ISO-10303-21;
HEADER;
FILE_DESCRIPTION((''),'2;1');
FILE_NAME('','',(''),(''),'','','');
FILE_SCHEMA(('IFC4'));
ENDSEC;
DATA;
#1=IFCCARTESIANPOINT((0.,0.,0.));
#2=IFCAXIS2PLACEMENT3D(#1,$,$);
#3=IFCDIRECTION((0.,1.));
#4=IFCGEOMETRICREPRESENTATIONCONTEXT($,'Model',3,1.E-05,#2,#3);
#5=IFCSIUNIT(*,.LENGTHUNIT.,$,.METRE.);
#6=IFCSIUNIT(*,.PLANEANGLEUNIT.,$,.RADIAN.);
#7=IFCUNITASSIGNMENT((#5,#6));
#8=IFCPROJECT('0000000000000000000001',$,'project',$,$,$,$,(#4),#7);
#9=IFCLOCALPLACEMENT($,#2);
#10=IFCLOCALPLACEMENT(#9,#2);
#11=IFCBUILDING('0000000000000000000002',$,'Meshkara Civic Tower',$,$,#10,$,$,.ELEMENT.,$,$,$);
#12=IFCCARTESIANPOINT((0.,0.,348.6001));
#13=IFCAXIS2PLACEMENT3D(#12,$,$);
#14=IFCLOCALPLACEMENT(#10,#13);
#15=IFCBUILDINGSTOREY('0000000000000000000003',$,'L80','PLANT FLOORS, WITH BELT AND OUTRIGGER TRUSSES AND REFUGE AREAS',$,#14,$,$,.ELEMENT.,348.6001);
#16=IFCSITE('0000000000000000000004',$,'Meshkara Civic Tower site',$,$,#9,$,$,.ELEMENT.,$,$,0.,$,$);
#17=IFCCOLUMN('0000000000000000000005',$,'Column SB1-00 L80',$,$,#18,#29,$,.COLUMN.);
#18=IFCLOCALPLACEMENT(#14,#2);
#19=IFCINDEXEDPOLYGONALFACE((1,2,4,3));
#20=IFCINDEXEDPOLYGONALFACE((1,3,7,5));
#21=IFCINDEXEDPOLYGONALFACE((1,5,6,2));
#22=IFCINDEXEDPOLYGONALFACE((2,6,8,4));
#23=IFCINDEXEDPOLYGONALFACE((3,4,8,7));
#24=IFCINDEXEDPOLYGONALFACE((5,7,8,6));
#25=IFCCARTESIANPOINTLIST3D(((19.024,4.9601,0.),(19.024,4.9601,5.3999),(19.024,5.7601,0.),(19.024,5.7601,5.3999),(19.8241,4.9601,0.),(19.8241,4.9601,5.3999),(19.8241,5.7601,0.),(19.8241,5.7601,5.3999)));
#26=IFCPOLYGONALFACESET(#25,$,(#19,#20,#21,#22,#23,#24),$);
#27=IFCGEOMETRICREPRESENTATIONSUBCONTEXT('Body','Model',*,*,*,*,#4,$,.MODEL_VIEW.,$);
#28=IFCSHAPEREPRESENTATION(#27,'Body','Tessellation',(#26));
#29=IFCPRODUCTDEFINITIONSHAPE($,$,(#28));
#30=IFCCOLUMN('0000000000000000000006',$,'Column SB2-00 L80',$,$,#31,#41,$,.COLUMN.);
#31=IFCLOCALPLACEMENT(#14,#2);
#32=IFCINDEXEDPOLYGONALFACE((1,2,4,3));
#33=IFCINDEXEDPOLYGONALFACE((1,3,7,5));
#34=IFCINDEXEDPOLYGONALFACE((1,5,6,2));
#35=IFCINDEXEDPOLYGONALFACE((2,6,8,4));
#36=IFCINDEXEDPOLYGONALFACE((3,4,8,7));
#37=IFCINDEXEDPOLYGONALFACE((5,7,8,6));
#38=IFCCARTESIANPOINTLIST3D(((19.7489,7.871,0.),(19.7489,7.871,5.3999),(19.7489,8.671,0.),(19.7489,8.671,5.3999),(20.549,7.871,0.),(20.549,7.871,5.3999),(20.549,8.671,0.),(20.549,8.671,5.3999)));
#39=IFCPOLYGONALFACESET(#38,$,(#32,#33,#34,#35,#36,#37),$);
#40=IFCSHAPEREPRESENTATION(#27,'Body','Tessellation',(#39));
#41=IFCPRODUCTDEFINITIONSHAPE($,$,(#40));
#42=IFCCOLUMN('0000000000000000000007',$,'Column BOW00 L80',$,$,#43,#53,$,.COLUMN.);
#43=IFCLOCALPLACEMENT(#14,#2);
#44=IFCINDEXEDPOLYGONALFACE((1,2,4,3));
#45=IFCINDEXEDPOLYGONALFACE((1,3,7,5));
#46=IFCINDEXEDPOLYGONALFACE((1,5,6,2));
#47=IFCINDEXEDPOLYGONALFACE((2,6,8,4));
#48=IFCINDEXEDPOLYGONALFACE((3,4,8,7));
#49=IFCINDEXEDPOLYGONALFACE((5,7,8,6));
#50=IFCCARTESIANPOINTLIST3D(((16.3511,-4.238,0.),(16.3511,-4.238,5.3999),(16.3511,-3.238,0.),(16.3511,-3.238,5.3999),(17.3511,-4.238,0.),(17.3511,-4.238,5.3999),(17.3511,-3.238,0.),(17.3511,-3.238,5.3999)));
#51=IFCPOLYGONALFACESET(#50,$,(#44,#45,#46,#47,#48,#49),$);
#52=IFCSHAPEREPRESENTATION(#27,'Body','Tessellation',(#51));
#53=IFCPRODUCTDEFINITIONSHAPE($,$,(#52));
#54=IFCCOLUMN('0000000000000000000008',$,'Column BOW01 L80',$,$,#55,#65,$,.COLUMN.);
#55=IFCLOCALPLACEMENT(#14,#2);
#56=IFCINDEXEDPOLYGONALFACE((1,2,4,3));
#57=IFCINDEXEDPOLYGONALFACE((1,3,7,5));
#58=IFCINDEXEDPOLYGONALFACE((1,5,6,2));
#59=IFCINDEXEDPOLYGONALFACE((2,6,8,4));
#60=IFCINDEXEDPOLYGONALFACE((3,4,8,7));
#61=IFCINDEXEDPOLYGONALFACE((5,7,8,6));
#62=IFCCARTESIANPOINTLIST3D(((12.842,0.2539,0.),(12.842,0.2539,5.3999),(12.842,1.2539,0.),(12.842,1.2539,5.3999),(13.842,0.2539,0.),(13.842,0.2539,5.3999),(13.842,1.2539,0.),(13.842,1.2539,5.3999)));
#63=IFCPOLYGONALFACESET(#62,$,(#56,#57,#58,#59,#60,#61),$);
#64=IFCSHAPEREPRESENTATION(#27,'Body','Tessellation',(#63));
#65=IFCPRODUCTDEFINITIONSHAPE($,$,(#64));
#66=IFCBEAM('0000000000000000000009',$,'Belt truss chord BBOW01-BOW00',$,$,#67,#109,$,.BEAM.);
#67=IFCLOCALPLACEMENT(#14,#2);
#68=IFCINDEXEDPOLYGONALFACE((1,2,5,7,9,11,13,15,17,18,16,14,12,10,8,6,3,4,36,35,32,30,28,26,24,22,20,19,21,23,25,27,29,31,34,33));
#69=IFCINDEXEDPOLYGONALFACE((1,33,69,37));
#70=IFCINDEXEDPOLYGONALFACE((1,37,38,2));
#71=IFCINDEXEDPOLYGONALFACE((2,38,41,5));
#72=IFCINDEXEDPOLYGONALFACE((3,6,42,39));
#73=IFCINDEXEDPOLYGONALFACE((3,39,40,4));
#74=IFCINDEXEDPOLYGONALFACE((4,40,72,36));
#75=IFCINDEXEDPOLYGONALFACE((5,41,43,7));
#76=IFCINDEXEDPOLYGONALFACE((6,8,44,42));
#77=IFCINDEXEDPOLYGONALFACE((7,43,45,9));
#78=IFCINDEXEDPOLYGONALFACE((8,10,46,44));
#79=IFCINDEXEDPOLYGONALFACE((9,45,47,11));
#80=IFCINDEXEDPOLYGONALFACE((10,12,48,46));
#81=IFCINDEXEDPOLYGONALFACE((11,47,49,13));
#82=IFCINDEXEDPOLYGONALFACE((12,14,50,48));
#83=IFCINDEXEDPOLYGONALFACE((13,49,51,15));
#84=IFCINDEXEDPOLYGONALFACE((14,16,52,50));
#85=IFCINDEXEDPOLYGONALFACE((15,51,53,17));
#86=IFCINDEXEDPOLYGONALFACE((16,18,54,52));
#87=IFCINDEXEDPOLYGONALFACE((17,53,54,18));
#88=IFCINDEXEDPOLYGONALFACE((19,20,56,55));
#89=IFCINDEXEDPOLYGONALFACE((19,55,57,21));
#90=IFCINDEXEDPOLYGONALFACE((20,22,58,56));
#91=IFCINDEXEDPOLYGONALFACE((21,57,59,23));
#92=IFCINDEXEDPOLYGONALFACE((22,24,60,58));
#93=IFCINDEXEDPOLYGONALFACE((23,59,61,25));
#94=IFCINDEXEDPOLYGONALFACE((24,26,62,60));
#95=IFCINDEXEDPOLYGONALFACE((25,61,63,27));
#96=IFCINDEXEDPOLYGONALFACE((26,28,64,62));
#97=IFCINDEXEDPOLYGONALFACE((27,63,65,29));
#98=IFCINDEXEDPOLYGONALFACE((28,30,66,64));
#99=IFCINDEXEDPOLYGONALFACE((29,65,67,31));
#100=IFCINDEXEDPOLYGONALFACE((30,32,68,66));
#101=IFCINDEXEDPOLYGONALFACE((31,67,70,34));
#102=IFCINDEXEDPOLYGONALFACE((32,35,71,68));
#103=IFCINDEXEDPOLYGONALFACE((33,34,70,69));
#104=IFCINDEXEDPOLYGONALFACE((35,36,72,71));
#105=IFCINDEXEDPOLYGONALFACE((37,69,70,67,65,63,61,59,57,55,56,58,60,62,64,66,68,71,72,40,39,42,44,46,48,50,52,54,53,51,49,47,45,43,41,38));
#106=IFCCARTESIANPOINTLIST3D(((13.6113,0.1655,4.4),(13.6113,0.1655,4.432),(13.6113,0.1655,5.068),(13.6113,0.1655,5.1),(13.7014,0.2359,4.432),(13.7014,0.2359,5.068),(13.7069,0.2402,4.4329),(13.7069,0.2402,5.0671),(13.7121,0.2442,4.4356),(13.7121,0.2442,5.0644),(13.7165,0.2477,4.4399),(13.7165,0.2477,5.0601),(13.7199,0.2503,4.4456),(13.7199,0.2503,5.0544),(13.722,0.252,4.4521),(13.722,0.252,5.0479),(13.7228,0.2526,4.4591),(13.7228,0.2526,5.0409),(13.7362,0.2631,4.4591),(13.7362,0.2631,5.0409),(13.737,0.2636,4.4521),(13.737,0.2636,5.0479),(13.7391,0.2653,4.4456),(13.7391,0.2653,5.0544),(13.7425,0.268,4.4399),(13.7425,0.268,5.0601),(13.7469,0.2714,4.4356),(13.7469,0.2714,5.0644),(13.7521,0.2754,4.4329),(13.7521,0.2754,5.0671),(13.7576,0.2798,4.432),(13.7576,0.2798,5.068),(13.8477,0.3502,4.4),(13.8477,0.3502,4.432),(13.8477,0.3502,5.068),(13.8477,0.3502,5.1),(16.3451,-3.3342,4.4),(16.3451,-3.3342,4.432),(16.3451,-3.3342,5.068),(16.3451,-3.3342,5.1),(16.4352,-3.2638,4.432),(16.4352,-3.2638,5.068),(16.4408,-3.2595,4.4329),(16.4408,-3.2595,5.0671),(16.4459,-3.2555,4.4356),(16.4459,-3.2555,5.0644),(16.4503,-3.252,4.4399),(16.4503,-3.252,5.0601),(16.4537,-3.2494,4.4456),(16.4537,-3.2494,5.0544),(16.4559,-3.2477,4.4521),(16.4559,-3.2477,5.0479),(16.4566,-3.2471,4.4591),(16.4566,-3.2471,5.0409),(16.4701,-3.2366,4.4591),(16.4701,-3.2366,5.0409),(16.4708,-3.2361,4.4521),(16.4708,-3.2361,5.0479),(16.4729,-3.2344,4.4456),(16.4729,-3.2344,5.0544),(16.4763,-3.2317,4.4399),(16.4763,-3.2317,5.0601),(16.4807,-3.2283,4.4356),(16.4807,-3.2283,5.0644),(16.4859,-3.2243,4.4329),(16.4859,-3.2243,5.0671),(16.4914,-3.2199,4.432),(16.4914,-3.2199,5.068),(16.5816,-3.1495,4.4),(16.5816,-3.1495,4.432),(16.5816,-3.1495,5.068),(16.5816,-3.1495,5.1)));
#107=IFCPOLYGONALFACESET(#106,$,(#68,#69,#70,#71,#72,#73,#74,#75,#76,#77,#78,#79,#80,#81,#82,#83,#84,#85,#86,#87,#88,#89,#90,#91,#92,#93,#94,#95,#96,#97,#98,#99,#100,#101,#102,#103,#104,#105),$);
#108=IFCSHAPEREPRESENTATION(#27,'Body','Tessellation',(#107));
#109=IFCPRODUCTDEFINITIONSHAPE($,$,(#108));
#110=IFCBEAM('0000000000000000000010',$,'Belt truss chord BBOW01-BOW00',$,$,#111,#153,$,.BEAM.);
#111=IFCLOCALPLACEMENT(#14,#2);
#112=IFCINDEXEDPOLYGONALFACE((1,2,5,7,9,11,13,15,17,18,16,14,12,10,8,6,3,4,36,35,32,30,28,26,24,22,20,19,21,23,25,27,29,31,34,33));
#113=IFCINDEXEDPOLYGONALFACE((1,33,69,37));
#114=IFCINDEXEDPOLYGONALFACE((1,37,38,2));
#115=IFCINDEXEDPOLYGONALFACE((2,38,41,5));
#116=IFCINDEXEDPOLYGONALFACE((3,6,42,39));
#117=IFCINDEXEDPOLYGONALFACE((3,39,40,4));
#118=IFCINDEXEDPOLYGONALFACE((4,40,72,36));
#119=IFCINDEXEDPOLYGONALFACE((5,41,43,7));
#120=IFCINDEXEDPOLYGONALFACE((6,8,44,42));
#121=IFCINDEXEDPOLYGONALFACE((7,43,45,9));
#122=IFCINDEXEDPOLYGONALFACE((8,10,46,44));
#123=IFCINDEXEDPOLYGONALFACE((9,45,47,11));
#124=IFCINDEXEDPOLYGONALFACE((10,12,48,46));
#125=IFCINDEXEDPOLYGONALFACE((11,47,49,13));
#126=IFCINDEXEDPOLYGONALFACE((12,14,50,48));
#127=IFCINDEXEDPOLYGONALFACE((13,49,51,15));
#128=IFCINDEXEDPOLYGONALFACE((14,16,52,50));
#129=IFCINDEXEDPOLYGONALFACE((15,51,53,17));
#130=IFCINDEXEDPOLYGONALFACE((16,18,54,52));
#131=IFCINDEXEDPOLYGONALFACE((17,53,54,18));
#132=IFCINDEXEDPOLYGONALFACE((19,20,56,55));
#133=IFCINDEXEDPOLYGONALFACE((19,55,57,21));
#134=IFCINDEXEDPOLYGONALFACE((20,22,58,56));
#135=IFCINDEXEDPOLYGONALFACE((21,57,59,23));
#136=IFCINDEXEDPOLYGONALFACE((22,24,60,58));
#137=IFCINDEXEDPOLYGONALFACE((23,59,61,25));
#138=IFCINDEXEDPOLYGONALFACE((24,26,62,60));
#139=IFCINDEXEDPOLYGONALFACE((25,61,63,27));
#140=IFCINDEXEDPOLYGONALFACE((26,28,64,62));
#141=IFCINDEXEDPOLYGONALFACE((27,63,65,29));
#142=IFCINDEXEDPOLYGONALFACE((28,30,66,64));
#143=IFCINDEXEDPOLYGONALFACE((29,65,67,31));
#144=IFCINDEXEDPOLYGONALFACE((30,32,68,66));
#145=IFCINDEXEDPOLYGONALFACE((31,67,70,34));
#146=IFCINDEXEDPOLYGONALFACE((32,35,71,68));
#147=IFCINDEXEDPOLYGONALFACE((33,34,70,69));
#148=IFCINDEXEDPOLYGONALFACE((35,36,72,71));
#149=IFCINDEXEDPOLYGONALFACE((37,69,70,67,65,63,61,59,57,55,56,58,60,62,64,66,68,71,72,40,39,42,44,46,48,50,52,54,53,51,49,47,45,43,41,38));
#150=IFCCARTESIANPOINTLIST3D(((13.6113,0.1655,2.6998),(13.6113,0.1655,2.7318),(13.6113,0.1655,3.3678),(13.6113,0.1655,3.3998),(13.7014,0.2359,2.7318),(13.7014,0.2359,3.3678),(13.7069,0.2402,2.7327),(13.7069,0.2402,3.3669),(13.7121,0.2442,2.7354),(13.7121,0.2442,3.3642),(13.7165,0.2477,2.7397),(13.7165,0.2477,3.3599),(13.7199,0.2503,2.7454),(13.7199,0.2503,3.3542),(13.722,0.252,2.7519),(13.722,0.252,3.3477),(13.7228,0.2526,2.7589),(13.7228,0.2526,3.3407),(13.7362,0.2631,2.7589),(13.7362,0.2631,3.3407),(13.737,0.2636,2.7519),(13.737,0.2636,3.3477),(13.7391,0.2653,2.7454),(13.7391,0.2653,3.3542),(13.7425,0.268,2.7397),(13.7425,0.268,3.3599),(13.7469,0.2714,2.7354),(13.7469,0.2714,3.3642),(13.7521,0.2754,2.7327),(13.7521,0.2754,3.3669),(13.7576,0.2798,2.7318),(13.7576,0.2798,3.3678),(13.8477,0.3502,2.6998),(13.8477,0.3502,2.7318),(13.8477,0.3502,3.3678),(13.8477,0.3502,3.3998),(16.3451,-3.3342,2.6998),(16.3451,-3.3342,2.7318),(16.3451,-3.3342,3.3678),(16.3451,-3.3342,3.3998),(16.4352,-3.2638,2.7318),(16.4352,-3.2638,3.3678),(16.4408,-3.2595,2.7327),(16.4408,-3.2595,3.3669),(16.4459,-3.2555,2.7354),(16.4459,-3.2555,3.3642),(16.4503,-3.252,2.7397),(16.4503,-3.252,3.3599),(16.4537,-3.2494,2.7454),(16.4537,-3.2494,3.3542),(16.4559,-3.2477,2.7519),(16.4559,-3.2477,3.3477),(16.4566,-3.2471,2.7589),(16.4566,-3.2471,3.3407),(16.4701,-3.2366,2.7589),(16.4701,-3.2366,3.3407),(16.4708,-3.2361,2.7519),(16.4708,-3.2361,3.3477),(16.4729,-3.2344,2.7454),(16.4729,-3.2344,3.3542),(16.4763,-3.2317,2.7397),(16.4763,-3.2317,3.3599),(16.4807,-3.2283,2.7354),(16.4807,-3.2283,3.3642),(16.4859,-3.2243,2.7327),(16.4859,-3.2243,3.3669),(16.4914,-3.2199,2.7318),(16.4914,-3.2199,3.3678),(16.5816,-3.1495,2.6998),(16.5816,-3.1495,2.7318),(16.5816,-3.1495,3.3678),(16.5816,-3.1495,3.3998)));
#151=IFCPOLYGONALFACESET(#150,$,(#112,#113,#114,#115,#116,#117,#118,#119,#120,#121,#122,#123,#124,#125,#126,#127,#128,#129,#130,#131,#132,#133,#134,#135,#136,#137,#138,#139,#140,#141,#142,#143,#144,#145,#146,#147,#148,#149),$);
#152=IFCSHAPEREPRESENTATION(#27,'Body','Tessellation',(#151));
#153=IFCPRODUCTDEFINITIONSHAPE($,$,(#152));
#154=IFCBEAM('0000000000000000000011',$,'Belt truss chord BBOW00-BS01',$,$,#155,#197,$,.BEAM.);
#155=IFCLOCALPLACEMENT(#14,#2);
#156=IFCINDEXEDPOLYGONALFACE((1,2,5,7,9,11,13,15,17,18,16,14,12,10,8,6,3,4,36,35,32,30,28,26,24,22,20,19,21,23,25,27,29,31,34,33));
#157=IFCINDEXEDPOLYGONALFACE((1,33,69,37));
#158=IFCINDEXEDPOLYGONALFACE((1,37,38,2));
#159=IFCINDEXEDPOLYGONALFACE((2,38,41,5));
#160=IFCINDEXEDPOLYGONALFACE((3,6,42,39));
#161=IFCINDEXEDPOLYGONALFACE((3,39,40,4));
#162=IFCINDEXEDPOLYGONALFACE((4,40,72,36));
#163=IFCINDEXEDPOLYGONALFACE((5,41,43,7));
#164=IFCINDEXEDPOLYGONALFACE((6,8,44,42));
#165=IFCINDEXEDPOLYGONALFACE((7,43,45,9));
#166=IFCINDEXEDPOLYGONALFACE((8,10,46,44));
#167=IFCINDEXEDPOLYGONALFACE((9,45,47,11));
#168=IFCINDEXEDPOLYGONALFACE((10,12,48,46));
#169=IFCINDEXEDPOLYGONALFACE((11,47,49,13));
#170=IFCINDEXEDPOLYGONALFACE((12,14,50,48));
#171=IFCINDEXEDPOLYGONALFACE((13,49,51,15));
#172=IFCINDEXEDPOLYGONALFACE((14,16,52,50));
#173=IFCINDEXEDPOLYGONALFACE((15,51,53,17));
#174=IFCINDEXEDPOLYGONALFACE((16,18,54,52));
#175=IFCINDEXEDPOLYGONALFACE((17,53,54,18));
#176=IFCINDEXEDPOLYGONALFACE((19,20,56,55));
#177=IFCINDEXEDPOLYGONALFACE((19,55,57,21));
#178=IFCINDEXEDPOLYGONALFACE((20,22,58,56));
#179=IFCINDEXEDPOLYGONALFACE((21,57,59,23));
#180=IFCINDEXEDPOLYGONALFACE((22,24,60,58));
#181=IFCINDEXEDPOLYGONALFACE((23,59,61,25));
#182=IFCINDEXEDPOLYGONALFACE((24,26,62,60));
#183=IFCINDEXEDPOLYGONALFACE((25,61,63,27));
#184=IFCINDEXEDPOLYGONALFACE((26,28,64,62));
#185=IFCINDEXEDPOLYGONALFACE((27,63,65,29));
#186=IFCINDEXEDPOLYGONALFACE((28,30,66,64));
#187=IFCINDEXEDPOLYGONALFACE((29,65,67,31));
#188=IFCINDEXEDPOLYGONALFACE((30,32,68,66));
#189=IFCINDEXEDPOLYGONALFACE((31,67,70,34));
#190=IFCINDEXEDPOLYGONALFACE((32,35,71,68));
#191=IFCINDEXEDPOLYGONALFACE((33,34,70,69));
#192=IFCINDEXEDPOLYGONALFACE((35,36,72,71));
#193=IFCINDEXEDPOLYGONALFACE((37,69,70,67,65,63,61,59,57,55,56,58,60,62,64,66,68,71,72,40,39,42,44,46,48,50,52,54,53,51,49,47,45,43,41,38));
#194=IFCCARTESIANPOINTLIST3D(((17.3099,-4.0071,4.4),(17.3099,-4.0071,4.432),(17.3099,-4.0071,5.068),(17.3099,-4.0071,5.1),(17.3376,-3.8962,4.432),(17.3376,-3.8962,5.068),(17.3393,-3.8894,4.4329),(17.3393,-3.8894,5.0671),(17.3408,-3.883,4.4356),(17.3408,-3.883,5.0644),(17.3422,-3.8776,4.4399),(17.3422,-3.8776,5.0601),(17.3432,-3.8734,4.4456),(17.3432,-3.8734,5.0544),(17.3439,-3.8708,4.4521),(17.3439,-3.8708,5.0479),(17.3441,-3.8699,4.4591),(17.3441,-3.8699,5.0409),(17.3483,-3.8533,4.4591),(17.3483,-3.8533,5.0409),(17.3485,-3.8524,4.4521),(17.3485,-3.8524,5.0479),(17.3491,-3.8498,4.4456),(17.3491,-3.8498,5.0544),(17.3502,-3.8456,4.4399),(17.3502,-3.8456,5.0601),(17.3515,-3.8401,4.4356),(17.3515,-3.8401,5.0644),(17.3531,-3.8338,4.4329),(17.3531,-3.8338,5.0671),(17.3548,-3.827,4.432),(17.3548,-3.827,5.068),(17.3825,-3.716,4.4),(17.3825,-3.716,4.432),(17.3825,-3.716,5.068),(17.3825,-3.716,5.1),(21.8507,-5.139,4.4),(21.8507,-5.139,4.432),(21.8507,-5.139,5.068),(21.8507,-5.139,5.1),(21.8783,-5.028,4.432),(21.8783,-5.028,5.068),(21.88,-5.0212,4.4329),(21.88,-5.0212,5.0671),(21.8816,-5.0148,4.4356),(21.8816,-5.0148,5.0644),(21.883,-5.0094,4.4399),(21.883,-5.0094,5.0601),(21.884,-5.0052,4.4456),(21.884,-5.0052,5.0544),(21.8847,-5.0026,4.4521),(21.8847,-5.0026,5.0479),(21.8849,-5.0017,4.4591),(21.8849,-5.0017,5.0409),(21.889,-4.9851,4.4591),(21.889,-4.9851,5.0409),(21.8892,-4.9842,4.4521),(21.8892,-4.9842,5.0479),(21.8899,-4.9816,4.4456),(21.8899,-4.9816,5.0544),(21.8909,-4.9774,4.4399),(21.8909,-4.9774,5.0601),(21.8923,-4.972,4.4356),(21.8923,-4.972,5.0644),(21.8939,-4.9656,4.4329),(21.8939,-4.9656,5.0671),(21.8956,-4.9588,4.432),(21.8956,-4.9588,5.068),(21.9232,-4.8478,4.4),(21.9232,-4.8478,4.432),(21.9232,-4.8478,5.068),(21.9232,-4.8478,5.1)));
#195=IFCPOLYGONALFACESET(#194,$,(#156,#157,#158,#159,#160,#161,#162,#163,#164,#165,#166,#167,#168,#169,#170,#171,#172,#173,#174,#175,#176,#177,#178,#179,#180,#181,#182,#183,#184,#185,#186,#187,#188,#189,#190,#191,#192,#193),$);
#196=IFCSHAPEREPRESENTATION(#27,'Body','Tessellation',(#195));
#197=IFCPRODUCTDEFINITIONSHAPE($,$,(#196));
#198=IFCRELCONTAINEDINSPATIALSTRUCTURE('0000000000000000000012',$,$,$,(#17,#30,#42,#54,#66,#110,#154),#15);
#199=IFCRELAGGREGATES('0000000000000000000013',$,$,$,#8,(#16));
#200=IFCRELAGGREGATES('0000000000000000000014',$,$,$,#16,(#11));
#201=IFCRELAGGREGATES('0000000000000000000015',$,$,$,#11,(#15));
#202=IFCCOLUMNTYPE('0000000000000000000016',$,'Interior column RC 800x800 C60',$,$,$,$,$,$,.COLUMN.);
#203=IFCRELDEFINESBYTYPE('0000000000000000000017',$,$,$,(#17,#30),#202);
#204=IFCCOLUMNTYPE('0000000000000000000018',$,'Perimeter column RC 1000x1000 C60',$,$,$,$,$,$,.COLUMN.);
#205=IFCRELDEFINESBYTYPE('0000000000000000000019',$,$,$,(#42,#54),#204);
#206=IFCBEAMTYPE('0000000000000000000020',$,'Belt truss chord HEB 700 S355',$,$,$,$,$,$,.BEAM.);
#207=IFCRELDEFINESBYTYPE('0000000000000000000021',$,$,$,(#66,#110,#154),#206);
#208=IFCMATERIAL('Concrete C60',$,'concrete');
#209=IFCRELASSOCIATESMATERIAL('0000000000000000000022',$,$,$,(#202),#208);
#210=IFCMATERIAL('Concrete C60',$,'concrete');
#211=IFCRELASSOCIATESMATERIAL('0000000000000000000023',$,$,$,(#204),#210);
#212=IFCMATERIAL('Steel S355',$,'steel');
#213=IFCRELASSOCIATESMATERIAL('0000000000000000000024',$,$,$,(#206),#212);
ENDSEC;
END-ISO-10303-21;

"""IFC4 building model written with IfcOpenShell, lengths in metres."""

from ifc_helpers import new_model, si_unit, direction, frame, origin, origin_2d, place, context, subcontext, project, spatial, rectangle, i_section, extrude, material, material_profile, profile_set, type_object, element, save


model = new_model("IFC4")

# Units and contexts
model_context = context("Model", 3, precision=1e-05, world=origin(), true_north=direction((0.0, 1.0)))
body_context = subcontext(model_context, "Body", "Model", "MODEL_VIEW")
ifc_project = project(units=[si_unit("LENGTHUNIT", "METRE"), si_unit("PLANEANGLEUNIT", "RADIAN")], contexts=[model_context])

# Site, building, storey
site_placement = place(None, origin())
site = spatial("IfcSite", under=ifc_project, at=site_placement, Name="Meshkara Civic Tower site", CompositionType="ELEMENT", RefElevation=0.0)
building_placement = place(site_placement, origin())
building = spatial("IfcBuilding", under=site, at=building_placement, Name="Meshkara Civic Tower", CompositionType="ELEMENT")
storey_placement = place(building_placement, frame((0.0, 0.0, 348.6001)))
storey = spatial("IfcBuildingStorey", under=building, at=storey_placement, Name="L80", Description="PLANT FLOORS, WITH BELT AND OUTRIGGER TRUSSES AND REFUGE AREAS", CompositionType="ELEMENT", Elevation=348.6001)

# Columns
ifc_material_1 = material(Name="Concrete C60", Category="concrete")
ifc_material_profile_1 = material_profile(ifc_material_1, rectangle(XDim=0.8, YDim=0.8, at=origin_2d()))
ifc_profile_set_1 = profile_set([ifc_material_profile_1], Name="Concrete C60")
column_type_1 = type_object("IfcColumnType", Name="Interior column RC 800x800 C60", PredefinedType="COLUMN", material=ifc_profile_set_1)
for number, where, z_axis, x_axis, name in (
    (1, (19.4241, 5.3601, 0.0), (0.0, 0.0, 1.0), (1.0, 0.0, 0.0), "Column SB1-00 L80"),
    (2, (20.1489, 8.271, 0.0), (0.0, 0.0, 1.0), (1.0, 0.0, 0.0), "Column SB2-00 L80"),
):
    element("IfcColumn", number, at=place(storey_placement, frame(where, z_axis=z_axis, x_axis=x_axis)), inside=storey, type_object=column_type_1, Name=name, PredefinedType="COLUMN", context=body_context, shape_type="SweptSolid", body=[
        extrude(rectangle(XDim=0.8, YDim=0.8, at=origin_2d()), origin(), (0.0, 0.0, 1.0), 5.3999),
    ])
ifc_material_2 = material(Name="Concrete C60", Category="concrete")
ifc_material_profile_2 = material_profile(ifc_material_2, rectangle(XDim=1.0, YDim=1.0, at=origin_2d()))
ifc_profile_set_2 = profile_set([ifc_material_profile_2], Name="Concrete C60")
column_type_2 = type_object("IfcColumnType", Name="Perimeter column RC 1000x1000 C60", PredefinedType="COLUMN", material=ifc_profile_set_2)
for number, where, z_axis, x_axis, name in (
    (3, (16.8511, -3.738, 0.0), (0.0, 0.0, 1.0), (1.0, 0.0, 0.0), "Column BOW00 L80"),
    (4, (13.342, 0.7539, 0.0), (0.0, 0.0, 1.0), (1.0, 0.0, 0.0), "Column BOW01 L80"),
):
    element("IfcColumn", number, at=place(storey_placement, frame(where, z_axis=z_axis, x_axis=x_axis)), inside=storey, type_object=column_type_2, Name=name, PredefinedType="COLUMN", context=body_context, shape_type="SweptSolid", body=[
        extrude(rectangle(XDim=1.0, YDim=1.0, at=origin_2d()), origin(), (0.0, 0.0, 1.0), 5.3999),
    ])

# Beams
ifc_material_3 = material(Name="Steel S355", Category="steel")
ifc_material_profile_3 = material_profile(ifc_material_3, i_section(OverallWidth=0.3, OverallDepth=0.7, WebThickness=0.0171, FlangeThickness=0.032, FilletRadius=0.0271, at=origin_2d()))
ifc_profile_set_3 = profile_set([ifc_material_profile_3], Name="Steel S355")
beam_type_1 = type_object("IfcBeamType", Name="Belt truss chord HEB 700 S355", PredefinedType="BEAM", material=ifc_profile_set_3)
for number, where, z_axis, x_axis, name in (
    (5, (13.7295, 0.2578, 4.75), (0.615602, -0.788057, 0.0), (0.788057, 0.615602, 0.0), "Belt truss chord BBOW01-BOW00"),
    (6, (13.7295, 0.2578, 3.0498), (0.615602, -0.788057, 0.0), (0.788057, 0.615602, 0.0), "Belt truss chord BBOW01-BOW00"),
):
    element("IfcBeam", number, at=place(storey_placement, frame(where, z_axis=z_axis, x_axis=x_axis)), inside=storey, type_object=beam_type_1, Name=name, PredefinedType="BEAM", context=body_context, shape_type="SweptSolid", body=[
        extrude(i_section(OverallWidth=0.3, OverallDepth=0.7, WebThickness=0.0171, FlangeThickness=0.032, FilletRadius=0.0271, at=origin_2d()), origin(), (0.0, 0.0, 1.0), 4.4409),
    ])
for number, where, z_axis, x_axis, name in (
    (7, (17.3462, -3.8616, 4.75), (0.970311, -0.24186, 0.0), (0.24186, 0.970311, 0.0), "Belt truss chord BBOW00-BS01"),
):
    element("IfcBeam", number, at=place(storey_placement, frame(where, z_axis=z_axis, x_axis=x_axis)), inside=storey, type_object=beam_type_1, Name=name, PredefinedType="BEAM", context=body_context, shape_type="SweptSolid", body=[
        extrude(i_section(OverallWidth=0.3, OverallDepth=0.7, WebThickness=0.0171, FlangeThickness=0.032, FilletRadius=0.0271, at=origin_2d()), origin(), (0.0, 0.0, 1.0), 4.6797),
    ])

save(model, "model.ifc")
